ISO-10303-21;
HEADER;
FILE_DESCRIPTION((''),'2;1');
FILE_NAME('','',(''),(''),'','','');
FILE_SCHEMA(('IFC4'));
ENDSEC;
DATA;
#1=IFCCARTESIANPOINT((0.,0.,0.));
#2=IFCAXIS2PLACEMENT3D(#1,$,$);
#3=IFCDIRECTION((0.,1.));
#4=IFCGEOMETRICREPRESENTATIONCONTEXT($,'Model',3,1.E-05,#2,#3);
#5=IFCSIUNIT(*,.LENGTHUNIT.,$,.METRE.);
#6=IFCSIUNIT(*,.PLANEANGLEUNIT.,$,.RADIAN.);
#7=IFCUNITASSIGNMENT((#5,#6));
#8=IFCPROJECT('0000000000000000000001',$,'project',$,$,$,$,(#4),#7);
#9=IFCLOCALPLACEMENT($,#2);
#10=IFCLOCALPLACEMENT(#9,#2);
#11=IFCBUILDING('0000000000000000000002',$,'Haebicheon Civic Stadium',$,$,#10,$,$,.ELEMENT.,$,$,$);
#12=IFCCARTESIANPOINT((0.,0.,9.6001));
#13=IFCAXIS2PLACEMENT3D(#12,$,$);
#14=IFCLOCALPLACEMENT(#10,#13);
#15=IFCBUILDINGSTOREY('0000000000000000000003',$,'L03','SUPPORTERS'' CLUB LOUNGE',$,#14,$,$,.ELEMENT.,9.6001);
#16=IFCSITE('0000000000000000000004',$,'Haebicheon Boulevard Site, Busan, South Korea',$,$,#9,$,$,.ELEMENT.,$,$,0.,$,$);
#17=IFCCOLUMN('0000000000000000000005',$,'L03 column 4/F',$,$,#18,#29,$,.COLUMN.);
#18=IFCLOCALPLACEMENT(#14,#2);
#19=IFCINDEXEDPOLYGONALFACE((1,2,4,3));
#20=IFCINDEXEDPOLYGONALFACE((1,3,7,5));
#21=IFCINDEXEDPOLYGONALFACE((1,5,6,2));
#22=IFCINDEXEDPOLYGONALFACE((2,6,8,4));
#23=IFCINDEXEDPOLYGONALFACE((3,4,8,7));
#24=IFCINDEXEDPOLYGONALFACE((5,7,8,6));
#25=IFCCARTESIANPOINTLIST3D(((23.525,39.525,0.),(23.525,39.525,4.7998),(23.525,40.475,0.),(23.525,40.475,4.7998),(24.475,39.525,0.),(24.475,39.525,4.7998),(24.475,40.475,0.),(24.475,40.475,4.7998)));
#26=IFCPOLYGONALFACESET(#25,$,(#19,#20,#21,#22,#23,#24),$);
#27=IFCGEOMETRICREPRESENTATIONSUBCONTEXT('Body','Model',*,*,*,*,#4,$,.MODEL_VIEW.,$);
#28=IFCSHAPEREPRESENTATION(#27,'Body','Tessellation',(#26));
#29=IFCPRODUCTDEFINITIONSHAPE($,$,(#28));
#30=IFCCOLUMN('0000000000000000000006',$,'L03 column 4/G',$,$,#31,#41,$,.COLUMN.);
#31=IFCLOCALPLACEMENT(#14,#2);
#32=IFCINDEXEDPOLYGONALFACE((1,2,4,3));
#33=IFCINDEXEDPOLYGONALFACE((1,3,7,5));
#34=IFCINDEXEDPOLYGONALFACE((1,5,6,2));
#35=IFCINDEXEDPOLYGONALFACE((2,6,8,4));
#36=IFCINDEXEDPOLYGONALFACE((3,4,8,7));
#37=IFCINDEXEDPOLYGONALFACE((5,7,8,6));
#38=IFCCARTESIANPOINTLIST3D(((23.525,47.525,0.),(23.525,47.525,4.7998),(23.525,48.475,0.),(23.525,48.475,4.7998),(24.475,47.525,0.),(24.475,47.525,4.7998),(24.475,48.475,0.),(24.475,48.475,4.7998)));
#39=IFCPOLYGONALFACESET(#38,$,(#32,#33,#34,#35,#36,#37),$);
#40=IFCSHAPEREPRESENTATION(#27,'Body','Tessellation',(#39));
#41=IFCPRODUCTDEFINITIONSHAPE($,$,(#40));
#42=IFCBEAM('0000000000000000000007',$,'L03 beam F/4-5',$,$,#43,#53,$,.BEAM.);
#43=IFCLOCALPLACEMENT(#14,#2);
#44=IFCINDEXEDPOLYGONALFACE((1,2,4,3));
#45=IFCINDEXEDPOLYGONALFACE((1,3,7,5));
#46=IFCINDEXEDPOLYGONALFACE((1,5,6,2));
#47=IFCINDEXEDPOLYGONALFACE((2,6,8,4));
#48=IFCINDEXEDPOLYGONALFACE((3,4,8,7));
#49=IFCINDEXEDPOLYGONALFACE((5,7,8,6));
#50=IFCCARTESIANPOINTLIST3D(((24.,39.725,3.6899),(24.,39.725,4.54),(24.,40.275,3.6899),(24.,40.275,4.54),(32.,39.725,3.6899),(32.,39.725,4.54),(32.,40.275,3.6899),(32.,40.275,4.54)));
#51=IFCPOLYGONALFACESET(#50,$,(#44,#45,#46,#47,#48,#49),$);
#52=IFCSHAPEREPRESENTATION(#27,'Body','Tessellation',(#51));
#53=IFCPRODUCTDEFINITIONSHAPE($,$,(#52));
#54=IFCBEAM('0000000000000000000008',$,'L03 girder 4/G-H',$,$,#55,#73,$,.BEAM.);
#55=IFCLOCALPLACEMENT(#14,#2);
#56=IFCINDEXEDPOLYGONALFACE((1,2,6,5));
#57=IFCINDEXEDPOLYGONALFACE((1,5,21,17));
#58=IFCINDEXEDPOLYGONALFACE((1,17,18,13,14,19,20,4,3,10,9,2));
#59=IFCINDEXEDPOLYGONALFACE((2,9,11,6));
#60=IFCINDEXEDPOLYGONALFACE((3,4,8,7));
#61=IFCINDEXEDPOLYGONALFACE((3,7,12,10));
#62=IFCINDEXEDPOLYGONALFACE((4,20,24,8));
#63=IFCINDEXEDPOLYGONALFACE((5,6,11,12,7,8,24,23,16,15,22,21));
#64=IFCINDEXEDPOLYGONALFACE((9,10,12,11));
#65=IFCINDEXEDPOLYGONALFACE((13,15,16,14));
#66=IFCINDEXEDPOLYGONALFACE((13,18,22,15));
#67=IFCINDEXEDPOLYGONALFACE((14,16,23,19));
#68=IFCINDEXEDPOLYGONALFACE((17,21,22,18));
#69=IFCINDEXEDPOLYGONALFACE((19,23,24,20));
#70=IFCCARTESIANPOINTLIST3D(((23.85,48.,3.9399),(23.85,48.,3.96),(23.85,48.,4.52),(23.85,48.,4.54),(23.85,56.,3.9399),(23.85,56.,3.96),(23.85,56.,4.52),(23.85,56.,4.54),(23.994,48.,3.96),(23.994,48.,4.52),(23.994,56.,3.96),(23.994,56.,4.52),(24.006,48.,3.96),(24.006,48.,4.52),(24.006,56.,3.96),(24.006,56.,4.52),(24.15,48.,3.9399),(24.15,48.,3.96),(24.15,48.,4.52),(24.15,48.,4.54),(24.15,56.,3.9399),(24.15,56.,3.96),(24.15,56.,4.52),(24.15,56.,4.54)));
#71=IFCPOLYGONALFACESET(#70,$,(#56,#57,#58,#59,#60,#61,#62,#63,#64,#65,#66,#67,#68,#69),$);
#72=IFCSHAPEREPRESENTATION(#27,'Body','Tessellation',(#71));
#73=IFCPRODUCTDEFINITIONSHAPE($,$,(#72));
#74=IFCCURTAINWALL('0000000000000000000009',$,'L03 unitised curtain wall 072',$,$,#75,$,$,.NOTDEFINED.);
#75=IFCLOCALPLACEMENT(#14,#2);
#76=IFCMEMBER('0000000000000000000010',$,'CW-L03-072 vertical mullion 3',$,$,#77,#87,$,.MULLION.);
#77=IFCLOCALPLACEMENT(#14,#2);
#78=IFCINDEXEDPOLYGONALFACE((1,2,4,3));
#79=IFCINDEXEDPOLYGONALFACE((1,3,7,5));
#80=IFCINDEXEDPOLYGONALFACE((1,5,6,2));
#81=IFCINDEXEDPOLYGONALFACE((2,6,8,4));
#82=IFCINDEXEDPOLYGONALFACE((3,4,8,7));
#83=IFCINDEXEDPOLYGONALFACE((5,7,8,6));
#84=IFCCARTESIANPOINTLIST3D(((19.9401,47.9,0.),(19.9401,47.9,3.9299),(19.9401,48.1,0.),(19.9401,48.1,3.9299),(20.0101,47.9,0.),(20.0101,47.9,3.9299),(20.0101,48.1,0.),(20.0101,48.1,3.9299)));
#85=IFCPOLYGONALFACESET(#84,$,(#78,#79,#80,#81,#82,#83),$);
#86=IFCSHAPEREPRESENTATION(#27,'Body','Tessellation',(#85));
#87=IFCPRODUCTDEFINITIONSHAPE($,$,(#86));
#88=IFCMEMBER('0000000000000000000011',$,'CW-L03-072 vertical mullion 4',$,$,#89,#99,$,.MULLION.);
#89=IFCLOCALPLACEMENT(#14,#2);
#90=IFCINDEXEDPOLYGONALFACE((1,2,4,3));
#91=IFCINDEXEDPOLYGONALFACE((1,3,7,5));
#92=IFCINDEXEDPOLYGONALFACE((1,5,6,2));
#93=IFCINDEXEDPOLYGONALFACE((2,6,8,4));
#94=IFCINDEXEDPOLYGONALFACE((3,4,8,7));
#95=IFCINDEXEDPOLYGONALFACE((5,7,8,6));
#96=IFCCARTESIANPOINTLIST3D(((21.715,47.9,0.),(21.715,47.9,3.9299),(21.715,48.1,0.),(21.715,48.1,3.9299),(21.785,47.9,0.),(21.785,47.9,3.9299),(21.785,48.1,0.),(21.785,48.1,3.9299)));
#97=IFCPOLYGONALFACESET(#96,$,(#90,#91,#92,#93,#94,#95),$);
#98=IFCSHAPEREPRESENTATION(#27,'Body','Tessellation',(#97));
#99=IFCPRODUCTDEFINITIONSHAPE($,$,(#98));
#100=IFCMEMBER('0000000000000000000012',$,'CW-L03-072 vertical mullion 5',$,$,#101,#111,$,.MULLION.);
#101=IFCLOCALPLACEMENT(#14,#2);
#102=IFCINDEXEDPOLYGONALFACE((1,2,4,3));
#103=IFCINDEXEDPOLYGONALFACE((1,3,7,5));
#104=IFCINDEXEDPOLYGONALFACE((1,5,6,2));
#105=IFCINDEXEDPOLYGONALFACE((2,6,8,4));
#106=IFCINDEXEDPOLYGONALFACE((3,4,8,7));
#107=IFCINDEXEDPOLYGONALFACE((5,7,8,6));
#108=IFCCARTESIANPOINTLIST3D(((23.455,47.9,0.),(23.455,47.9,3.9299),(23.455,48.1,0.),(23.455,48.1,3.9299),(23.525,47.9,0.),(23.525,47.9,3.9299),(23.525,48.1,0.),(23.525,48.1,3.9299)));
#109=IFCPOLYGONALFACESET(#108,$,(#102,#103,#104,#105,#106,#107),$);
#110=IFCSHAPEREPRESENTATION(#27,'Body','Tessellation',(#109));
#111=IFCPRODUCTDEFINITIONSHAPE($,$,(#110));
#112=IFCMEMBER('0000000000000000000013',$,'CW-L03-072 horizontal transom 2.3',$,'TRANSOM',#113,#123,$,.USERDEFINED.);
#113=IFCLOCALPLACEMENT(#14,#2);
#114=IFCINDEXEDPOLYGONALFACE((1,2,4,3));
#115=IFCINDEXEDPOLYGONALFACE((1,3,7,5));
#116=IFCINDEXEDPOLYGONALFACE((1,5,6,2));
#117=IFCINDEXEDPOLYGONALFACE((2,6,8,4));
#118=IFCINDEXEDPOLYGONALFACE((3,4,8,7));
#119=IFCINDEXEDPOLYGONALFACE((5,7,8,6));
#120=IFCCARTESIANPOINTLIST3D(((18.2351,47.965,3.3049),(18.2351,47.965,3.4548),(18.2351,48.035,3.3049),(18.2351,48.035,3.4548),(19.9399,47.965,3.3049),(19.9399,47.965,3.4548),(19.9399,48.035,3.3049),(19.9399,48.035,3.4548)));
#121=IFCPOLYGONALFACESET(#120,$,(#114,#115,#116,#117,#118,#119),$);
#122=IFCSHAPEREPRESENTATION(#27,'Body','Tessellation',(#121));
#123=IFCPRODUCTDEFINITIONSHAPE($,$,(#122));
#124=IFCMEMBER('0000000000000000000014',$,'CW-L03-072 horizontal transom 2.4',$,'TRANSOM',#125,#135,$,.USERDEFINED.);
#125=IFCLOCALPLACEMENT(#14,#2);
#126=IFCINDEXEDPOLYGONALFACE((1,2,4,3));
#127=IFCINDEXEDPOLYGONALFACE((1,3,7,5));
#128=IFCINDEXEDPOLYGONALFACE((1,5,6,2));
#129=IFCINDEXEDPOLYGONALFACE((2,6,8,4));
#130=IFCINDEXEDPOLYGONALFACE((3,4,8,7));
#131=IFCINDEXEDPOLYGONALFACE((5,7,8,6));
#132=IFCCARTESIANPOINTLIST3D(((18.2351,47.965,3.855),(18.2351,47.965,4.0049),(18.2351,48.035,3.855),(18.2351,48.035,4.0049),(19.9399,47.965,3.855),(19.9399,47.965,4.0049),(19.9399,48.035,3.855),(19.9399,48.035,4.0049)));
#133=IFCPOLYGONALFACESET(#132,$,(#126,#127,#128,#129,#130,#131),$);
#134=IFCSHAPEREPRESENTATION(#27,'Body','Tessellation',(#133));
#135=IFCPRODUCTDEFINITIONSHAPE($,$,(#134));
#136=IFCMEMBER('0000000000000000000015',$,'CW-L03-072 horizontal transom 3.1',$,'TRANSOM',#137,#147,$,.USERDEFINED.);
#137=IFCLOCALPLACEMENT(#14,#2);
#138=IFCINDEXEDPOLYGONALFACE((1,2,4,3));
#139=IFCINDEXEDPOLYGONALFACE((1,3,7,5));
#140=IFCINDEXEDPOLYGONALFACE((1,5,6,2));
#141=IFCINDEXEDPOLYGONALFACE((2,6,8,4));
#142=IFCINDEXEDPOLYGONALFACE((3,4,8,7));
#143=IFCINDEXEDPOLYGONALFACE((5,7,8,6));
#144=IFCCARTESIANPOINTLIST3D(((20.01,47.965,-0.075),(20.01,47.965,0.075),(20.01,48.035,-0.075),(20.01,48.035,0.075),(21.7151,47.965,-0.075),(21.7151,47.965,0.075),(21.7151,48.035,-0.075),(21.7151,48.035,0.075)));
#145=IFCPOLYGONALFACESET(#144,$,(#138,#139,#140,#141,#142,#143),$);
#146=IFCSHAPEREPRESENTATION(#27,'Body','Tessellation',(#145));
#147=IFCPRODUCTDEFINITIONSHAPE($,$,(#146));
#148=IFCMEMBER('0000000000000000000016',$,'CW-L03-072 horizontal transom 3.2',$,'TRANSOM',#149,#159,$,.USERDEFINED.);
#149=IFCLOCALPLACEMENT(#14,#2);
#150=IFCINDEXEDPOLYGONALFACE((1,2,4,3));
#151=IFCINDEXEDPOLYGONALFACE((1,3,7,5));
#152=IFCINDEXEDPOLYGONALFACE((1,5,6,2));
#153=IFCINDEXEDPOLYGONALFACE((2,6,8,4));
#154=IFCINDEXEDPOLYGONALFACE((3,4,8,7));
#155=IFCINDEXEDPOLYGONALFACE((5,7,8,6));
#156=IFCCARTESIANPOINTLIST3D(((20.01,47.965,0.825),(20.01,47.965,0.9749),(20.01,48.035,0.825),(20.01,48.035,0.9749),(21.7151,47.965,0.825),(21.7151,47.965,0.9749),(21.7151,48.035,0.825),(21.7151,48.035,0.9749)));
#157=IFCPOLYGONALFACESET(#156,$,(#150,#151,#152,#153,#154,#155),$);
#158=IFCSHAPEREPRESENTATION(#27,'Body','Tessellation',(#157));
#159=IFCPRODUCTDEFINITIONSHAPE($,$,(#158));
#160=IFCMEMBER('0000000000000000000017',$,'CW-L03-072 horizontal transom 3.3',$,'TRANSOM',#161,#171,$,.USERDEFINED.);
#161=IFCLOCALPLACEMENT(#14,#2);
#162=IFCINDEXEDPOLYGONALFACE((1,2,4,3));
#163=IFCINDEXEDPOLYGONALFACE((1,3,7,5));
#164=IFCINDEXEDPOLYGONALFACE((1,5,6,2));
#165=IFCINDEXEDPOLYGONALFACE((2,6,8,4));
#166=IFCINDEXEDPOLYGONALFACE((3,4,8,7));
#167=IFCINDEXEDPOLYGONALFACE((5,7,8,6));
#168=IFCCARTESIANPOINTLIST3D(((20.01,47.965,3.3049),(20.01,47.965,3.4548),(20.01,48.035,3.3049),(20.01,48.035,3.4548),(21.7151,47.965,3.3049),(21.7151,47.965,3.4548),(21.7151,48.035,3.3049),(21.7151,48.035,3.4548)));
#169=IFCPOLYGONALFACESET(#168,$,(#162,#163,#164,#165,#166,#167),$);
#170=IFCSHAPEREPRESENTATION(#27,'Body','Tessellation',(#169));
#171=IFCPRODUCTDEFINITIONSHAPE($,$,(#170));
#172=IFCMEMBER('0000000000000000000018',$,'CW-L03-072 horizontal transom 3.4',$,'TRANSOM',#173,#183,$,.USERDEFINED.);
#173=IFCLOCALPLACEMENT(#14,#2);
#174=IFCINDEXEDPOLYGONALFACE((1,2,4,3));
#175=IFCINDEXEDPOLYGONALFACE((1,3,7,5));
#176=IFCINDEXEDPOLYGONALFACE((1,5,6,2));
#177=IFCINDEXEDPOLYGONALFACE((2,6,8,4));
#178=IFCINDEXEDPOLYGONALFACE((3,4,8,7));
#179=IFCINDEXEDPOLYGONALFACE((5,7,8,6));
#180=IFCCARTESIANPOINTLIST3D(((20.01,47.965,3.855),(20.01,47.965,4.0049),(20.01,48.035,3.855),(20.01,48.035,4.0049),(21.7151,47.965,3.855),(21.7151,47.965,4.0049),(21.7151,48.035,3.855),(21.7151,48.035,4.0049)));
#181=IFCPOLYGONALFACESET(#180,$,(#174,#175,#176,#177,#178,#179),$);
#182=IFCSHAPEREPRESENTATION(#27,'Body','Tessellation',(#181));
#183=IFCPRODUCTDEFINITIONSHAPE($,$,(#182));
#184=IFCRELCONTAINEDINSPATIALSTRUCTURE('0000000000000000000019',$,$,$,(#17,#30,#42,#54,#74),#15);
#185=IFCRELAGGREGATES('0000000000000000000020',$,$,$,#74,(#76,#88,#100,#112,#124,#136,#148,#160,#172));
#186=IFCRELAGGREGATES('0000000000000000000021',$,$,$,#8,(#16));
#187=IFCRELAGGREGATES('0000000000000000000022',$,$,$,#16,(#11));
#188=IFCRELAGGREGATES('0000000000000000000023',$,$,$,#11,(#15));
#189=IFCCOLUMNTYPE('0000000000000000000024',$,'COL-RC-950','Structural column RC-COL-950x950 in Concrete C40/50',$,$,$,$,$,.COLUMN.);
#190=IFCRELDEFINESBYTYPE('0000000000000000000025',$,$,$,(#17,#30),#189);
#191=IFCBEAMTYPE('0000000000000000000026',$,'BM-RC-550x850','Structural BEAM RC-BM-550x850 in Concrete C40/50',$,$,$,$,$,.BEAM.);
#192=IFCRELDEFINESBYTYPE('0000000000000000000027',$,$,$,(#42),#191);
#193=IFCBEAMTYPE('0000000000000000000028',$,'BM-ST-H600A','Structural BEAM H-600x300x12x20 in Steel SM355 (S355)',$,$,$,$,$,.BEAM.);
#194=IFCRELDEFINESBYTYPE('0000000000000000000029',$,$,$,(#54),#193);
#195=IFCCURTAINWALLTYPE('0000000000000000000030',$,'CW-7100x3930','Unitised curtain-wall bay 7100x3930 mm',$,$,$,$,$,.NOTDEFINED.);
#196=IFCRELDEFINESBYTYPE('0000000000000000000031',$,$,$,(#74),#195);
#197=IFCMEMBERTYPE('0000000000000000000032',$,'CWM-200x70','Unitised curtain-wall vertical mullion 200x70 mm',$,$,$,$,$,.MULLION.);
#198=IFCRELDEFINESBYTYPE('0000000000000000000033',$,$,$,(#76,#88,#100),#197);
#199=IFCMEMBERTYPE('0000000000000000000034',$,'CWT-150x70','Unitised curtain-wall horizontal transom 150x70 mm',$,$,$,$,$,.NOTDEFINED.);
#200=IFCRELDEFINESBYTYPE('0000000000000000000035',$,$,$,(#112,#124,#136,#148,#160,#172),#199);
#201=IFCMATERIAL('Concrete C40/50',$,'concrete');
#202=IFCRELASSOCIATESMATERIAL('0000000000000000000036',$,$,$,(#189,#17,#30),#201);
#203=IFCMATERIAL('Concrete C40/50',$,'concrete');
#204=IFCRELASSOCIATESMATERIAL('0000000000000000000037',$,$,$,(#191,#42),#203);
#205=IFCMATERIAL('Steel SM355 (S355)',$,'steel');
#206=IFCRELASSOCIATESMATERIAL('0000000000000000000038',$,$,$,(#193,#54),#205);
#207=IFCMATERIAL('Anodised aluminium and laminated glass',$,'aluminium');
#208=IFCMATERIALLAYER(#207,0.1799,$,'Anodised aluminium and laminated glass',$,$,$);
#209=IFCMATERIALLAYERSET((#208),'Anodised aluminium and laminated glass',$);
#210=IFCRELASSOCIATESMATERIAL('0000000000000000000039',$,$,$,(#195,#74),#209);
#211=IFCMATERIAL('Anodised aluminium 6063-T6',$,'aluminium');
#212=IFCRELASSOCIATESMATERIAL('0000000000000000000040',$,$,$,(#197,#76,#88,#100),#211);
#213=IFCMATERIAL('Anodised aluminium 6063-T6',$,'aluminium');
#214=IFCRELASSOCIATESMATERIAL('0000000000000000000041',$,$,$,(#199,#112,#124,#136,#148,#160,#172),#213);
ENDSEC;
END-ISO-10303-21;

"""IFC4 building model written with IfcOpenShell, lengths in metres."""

from ifc_helpers import new_model, si_unit, direction, frame, origin, origin_2d, place, context, subcontext, project, spatial, rectangle, i_section, extrude, material, layer, layer_set, material_profile, profile_set, type_object, element, aggregate, save


model = new_model("IFC4")

# Units and contexts
model_context = context("Model", 3, precision=1e-05, world=origin(), true_north=direction((0.0, 1.0)))
body_context = subcontext(model_context, "Body", "Model", "MODEL_VIEW")
ifc_project = project(units=[si_unit("LENGTHUNIT", "METRE"), si_unit("PLANEANGLEUNIT", "RADIAN")], contexts=[model_context])

# Site, building, storey
site_placement = place(None, origin())
site = spatial("IfcSite", under=ifc_project, at=site_placement, Name="Haebicheon Boulevard Site, Busan, South Korea", CompositionType="ELEMENT", RefElevation=0.0)
building_placement = place(site_placement, origin())
building = spatial("IfcBuilding", under=site, at=building_placement, Name="Haebicheon Civic Stadium", CompositionType="ELEMENT")
storey_placement = place(building_placement, frame((0.0, 0.0, 9.6001)))
storey = spatial("IfcBuildingStorey", under=building, at=storey_placement, Name="L03", Description="SUPPORTERS' CLUB LOUNGE", CompositionType="ELEMENT", Elevation=9.6001)

# Columns
ifc_material_1 = material(Name="Concrete C40/50", Category="concrete")
ifc_material_profile_1 = material_profile(ifc_material_1, rectangle(XDim=0.95, YDim=0.95, at=origin_2d()), Name="RC-COL-950x950")
ifc_profile_set_1 = profile_set([ifc_material_profile_1], Name="Concrete C40/50")
column_type = type_object("IfcColumnType", Name="COL-RC-950", Description="Structural column RC-COL-950x950 in Concrete C40/50", PredefinedType="COLUMN", material=ifc_profile_set_1)
for number, where, z_axis, x_axis, name in (
    (1, (24.0, 40.0, 0.0), (0.0, 0.0, 1.0), (1.0, 0.0, 0.0), "L03 column 4/F"),
    (2, (24.0, 48.0, 0.0), (0.0, 0.0, 1.0), (1.0, 0.0, 0.0), "L03 column 4/G"),
):
    element("IfcColumn", number, at=place(storey_placement, frame(where, z_axis=z_axis, x_axis=x_axis)), inside=storey, type_object=column_type, material=ifc_profile_set_1, Name=name, PredefinedType="COLUMN", context=body_context, shape_type="SweptSolid", body=[
        extrude(rectangle(XDim=0.95, YDim=0.95, at=origin_2d()), origin(), (0.0, 0.0, 1.0), 4.7998),
    ])

# Beams
ifc_material_2 = material(Name="Concrete C40/50", Category="concrete")
ifc_material_profile_2 = material_profile(ifc_material_2, rectangle(XDim=0.55, YDim=0.8501, at=origin_2d()), Name="RC-BM-550x850")
ifc_profile_set_2 = profile_set([ifc_material_profile_2], Name="Concrete C40/50")
beam_type_1 = type_object("IfcBeamType", Name="BM-RC-550x850", Description="Structural BEAM RC-BM-550x850 in Concrete C40/50", PredefinedType="BEAM", material=ifc_profile_set_2)
beam_1_placement = place(storey_placement, frame((24.0, 40.0, 4.115), z_axis=(1.0, 0.0, 0.0), x_axis=(0.0, 1.0, 0.0)))
element("IfcBeam", 3, at=beam_1_placement, inside=storey, type_object=beam_type_1, material=ifc_profile_set_2, Name="L03 beam F/4-5", PredefinedType="BEAM", context=body_context, shape_type="SweptSolid", body=[
    extrude(rectangle(XDim=0.55, YDim=0.8501, at=origin_2d()), origin(), (0.0, 0.0, 1.0), 8.0),
])
ifc_material_3 = material(Name="Steel SM355 (S355)", Category="steel")
ifc_material_profile_3 = material_profile(ifc_material_3, i_section(OverallWidth=0.3, OverallDepth=0.6001, WebThickness=0.012, FlangeThickness=0.02, at=origin_2d()), Name="H-600x300x12x20")
ifc_profile_set_3 = profile_set([ifc_material_profile_3], Name="Steel SM355 (S355)")
beam_type_2 = type_object("IfcBeamType", Name="BM-ST-H600A", Description="Structural BEAM H-600x300x12x20 in Steel SM355 (S355)", PredefinedType="BEAM", material=ifc_profile_set_3)
beam_2_placement = place(storey_placement, frame((24.0, 48.0, 4.24), z_axis=(0.0, 1.0, 0.0), x_axis=(-1.0, 0.0, 0.0)))
element("IfcBeam", 4, at=beam_2_placement, inside=storey, type_object=beam_type_2, material=ifc_profile_set_3, Name="L03 girder 4/G-H", PredefinedType="BEAM", context=body_context, shape_type="SweptSolid", body=[
    extrude(i_section(OverallWidth=0.3, OverallDepth=0.6001, WebThickness=0.012, FlangeThickness=0.02, at=origin_2d()), origin(), (0.0, 0.0, 1.0), 8.0),
])

# Curtain wall, members
ifc_material_4 = material(Name="Anodised aluminium and laminated glass", Category="aluminium")
ifc_layer_1 = layer(ifc_material_4, 0.1799, Name="Anodised aluminium and laminated glass")
ifc_layer_set_1 = layer_set([ifc_layer_1], Name="Anodised aluminium and laminated glass")
curtain_wall_type = type_object("IfcCurtainWallType", Name="CW-7100x3930", Description="Unitised curtain-wall bay 7100x3930 mm", PredefinedType="NOTDEFINED", material=ifc_layer_set_1)
curtain_wall_placement = place(storey_placement, origin())
curtain_wall = element("IfcCurtainWall", 5, at=curtain_wall_placement, inside=storey, type_object=curtain_wall_type, material=ifc_layer_set_1, Name="L03 unitised curtain wall 072", PredefinedType="NOTDEFINED")
ifc_material_5 = material(Name="Anodised aluminium 6063-T6", Category="aluminium")
ifc_material_profile_4 = material_profile(ifc_material_5, rectangle(XDim=0.0701, YDim=0.2, at=origin_2d()), Name="ALU-MULL-70x200")
ifc_profile_set_4 = profile_set([ifc_material_profile_4], Name="Anodised aluminium 6063-T6")
member_type_1 = type_object("IfcMemberType", Name="CWM-200x70", Description="Unitised curtain-wall vertical mullion 200x70 mm", PredefinedType="MULLION", material=ifc_profile_set_4)
member_1_placement = place(storey_placement, frame((19.9751, 48.0, 0.0), z_axis=(0.0, 0.0, 1.0), x_axis=(1.0, 0.0, 0.0)))
member_1 = element("IfcMember", 6, at=member_1_placement, type_object=member_type_1, material=ifc_profile_set_4, Name="CW-L03-072 vertical mullion 3", PredefinedType="MULLION", context=body_context, shape_type="SweptSolid", body=[
    extrude(rectangle(XDim=0.0701, YDim=0.2, at=origin_2d()), origin(), (0.0, 0.0, 1.0), 3.9299),
])
member_2_placement = place(storey_placement, frame((21.75, 48.0, 0.0), z_axis=(0.0, 0.0, 1.0), x_axis=(1.0, 0.0, 0.0)))
member_2 = element("IfcMember", 7, at=member_2_placement, type_object=member_type_1, material=ifc_profile_set_4, Name="CW-L03-072 vertical mullion 4", PredefinedType="MULLION", context=body_context, shape_type="SweptSolid", body=[
    extrude(rectangle(XDim=0.0701, YDim=0.2, at=origin_2d()), origin(), (0.0, 0.0, 1.0), 3.9299),
])
member_3_placement = place(storey_placement, frame((23.49, 48.0, 0.0), z_axis=(0.0, 0.0, 1.0), x_axis=(1.0, 0.0, 0.0)))
member_3 = element("IfcMember", 8, at=member_3_placement, type_object=member_type_1, material=ifc_profile_set_4, Name="CW-L03-072 vertical mullion 5", PredefinedType="MULLION", context=body_context, shape_type="SweptSolid", body=[
    extrude(rectangle(XDim=0.0701, YDim=0.2, at=origin_2d()), origin(), (0.0, 0.0, 1.0), 3.9299),
])
ifc_material_6 = material(Name="Anodised aluminium 6063-T6", Category="aluminium")
ifc_material_profile_5 = material_profile(ifc_material_6, rectangle(XDim=0.0701, YDim=0.1499, at=origin_2d()), Name="ALU-TRAN-70x150")
ifc_profile_set_5 = profile_set([ifc_material_profile_5], Name="Anodised aluminium 6063-T6")
member_type_2 = type_object("IfcMemberType", Name="CWT-150x70", Description="Unitised curtain-wall horizontal transom 150x70 mm", PredefinedType="NOTDEFINED", material=ifc_profile_set_5)
member_4_placement = place(storey_placement, frame((18.2351, 48.0, 3.3799), z_axis=(1.0, 0.0, 0.0), x_axis=(0.0, 1.0, 0.0)))
member_4 = element("IfcMember", 9, at=member_4_placement, type_object=member_type_2, material=ifc_profile_set_5, Name="CW-L03-072 horizontal transom 2.3", ObjectType="TRANSOM", PredefinedType="USERDEFINED", context=body_context, shape_type="SweptSolid", body=[
    extrude(rectangle(XDim=0.0701, YDim=0.1499, at=origin_2d()), origin(), (0.0, 0.0, 1.0), 1.7048),
])
member_5_placement = place(storey_placement, frame((18.2351, 48.0, 3.9299), z_axis=(1.0, 0.0, 0.0), x_axis=(0.0, 1.0, 0.0)))
member_5 = element("IfcMember", 10, at=member_5_placement, type_object=member_type_2, material=ifc_profile_set_5, Name="CW-L03-072 horizontal transom 2.4", ObjectType="TRANSOM", PredefinedType="USERDEFINED", context=body_context, shape_type="SweptSolid", body=[
    extrude(rectangle(XDim=0.0701, YDim=0.1499, at=origin_2d()), origin(), (0.0, 0.0, 1.0), 1.7048),
])
member_6_placement = place(storey_placement, frame((20.01, 48.0, 0.0), z_axis=(1.0, 0.0, 0.0), x_axis=(0.0, 1.0, 0.0)))
member_6 = element("IfcMember", 11, at=member_6_placement, type_object=member_type_2, material=ifc_profile_set_5, Name="CW-L03-072 horizontal transom 3.1", ObjectType="TRANSOM", PredefinedType="USERDEFINED", context=body_context, shape_type="SweptSolid", body=[
    extrude(rectangle(XDim=0.0701, YDim=0.1499, at=origin_2d()), origin(), (0.0, 0.0, 1.0), 1.7051),
])
member_7_placement = place(storey_placement, frame((20.01, 48.0, 0.8999), z_axis=(1.0, 0.0, 0.0), x_axis=(0.0, 1.0, 0.0)))
member_7 = element("IfcMember", 12, at=member_7_placement, type_object=member_type_2, material=ifc_profile_set_5, Name="CW-L03-072 horizontal transom 3.2", ObjectType="TRANSOM", PredefinedType="USERDEFINED", context=body_context, shape_type="SweptSolid", body=[
    extrude(rectangle(XDim=0.0701, YDim=0.1499, at=origin_2d()), origin(), (0.0, 0.0, 1.0), 1.7051),
])
member_8_placement = place(storey_placement, frame((20.01, 48.0, 3.3799), z_axis=(1.0, 0.0, 0.0), x_axis=(0.0, 1.0, 0.0)))
member_8 = element("IfcMember", 13, at=member_8_placement, type_object=member_type_2, material=ifc_profile_set_5, Name="CW-L03-072 horizontal transom 3.3", ObjectType="TRANSOM", PredefinedType="USERDEFINED", context=body_context, shape_type="SweptSolid", body=[
    extrude(rectangle(XDim=0.0701, YDim=0.1499, at=origin_2d()), origin(), (0.0, 0.0, 1.0), 1.7051),
])
member_9_placement = place(storey_placement, frame((20.01, 48.0, 3.9299), z_axis=(1.0, 0.0, 0.0), x_axis=(0.0, 1.0, 0.0)))
member_9 = element("IfcMember", 14, at=member_9_placement, type_object=member_type_2, material=ifc_profile_set_5, Name="CW-L03-072 horizontal transom 3.4", ObjectType="TRANSOM", PredefinedType="USERDEFINED", context=body_context, shape_type="SweptSolid", body=[
    extrude(rectangle(XDim=0.0701, YDim=0.1499, at=origin_2d()), origin(), (0.0, 0.0, 1.0), 1.7051),
])

aggregate(curtain_wall, [member_1, member_2, member_3, member_4, member_5, member_6, member_7, member_8, member_9])

save(model, "model.ifc")
